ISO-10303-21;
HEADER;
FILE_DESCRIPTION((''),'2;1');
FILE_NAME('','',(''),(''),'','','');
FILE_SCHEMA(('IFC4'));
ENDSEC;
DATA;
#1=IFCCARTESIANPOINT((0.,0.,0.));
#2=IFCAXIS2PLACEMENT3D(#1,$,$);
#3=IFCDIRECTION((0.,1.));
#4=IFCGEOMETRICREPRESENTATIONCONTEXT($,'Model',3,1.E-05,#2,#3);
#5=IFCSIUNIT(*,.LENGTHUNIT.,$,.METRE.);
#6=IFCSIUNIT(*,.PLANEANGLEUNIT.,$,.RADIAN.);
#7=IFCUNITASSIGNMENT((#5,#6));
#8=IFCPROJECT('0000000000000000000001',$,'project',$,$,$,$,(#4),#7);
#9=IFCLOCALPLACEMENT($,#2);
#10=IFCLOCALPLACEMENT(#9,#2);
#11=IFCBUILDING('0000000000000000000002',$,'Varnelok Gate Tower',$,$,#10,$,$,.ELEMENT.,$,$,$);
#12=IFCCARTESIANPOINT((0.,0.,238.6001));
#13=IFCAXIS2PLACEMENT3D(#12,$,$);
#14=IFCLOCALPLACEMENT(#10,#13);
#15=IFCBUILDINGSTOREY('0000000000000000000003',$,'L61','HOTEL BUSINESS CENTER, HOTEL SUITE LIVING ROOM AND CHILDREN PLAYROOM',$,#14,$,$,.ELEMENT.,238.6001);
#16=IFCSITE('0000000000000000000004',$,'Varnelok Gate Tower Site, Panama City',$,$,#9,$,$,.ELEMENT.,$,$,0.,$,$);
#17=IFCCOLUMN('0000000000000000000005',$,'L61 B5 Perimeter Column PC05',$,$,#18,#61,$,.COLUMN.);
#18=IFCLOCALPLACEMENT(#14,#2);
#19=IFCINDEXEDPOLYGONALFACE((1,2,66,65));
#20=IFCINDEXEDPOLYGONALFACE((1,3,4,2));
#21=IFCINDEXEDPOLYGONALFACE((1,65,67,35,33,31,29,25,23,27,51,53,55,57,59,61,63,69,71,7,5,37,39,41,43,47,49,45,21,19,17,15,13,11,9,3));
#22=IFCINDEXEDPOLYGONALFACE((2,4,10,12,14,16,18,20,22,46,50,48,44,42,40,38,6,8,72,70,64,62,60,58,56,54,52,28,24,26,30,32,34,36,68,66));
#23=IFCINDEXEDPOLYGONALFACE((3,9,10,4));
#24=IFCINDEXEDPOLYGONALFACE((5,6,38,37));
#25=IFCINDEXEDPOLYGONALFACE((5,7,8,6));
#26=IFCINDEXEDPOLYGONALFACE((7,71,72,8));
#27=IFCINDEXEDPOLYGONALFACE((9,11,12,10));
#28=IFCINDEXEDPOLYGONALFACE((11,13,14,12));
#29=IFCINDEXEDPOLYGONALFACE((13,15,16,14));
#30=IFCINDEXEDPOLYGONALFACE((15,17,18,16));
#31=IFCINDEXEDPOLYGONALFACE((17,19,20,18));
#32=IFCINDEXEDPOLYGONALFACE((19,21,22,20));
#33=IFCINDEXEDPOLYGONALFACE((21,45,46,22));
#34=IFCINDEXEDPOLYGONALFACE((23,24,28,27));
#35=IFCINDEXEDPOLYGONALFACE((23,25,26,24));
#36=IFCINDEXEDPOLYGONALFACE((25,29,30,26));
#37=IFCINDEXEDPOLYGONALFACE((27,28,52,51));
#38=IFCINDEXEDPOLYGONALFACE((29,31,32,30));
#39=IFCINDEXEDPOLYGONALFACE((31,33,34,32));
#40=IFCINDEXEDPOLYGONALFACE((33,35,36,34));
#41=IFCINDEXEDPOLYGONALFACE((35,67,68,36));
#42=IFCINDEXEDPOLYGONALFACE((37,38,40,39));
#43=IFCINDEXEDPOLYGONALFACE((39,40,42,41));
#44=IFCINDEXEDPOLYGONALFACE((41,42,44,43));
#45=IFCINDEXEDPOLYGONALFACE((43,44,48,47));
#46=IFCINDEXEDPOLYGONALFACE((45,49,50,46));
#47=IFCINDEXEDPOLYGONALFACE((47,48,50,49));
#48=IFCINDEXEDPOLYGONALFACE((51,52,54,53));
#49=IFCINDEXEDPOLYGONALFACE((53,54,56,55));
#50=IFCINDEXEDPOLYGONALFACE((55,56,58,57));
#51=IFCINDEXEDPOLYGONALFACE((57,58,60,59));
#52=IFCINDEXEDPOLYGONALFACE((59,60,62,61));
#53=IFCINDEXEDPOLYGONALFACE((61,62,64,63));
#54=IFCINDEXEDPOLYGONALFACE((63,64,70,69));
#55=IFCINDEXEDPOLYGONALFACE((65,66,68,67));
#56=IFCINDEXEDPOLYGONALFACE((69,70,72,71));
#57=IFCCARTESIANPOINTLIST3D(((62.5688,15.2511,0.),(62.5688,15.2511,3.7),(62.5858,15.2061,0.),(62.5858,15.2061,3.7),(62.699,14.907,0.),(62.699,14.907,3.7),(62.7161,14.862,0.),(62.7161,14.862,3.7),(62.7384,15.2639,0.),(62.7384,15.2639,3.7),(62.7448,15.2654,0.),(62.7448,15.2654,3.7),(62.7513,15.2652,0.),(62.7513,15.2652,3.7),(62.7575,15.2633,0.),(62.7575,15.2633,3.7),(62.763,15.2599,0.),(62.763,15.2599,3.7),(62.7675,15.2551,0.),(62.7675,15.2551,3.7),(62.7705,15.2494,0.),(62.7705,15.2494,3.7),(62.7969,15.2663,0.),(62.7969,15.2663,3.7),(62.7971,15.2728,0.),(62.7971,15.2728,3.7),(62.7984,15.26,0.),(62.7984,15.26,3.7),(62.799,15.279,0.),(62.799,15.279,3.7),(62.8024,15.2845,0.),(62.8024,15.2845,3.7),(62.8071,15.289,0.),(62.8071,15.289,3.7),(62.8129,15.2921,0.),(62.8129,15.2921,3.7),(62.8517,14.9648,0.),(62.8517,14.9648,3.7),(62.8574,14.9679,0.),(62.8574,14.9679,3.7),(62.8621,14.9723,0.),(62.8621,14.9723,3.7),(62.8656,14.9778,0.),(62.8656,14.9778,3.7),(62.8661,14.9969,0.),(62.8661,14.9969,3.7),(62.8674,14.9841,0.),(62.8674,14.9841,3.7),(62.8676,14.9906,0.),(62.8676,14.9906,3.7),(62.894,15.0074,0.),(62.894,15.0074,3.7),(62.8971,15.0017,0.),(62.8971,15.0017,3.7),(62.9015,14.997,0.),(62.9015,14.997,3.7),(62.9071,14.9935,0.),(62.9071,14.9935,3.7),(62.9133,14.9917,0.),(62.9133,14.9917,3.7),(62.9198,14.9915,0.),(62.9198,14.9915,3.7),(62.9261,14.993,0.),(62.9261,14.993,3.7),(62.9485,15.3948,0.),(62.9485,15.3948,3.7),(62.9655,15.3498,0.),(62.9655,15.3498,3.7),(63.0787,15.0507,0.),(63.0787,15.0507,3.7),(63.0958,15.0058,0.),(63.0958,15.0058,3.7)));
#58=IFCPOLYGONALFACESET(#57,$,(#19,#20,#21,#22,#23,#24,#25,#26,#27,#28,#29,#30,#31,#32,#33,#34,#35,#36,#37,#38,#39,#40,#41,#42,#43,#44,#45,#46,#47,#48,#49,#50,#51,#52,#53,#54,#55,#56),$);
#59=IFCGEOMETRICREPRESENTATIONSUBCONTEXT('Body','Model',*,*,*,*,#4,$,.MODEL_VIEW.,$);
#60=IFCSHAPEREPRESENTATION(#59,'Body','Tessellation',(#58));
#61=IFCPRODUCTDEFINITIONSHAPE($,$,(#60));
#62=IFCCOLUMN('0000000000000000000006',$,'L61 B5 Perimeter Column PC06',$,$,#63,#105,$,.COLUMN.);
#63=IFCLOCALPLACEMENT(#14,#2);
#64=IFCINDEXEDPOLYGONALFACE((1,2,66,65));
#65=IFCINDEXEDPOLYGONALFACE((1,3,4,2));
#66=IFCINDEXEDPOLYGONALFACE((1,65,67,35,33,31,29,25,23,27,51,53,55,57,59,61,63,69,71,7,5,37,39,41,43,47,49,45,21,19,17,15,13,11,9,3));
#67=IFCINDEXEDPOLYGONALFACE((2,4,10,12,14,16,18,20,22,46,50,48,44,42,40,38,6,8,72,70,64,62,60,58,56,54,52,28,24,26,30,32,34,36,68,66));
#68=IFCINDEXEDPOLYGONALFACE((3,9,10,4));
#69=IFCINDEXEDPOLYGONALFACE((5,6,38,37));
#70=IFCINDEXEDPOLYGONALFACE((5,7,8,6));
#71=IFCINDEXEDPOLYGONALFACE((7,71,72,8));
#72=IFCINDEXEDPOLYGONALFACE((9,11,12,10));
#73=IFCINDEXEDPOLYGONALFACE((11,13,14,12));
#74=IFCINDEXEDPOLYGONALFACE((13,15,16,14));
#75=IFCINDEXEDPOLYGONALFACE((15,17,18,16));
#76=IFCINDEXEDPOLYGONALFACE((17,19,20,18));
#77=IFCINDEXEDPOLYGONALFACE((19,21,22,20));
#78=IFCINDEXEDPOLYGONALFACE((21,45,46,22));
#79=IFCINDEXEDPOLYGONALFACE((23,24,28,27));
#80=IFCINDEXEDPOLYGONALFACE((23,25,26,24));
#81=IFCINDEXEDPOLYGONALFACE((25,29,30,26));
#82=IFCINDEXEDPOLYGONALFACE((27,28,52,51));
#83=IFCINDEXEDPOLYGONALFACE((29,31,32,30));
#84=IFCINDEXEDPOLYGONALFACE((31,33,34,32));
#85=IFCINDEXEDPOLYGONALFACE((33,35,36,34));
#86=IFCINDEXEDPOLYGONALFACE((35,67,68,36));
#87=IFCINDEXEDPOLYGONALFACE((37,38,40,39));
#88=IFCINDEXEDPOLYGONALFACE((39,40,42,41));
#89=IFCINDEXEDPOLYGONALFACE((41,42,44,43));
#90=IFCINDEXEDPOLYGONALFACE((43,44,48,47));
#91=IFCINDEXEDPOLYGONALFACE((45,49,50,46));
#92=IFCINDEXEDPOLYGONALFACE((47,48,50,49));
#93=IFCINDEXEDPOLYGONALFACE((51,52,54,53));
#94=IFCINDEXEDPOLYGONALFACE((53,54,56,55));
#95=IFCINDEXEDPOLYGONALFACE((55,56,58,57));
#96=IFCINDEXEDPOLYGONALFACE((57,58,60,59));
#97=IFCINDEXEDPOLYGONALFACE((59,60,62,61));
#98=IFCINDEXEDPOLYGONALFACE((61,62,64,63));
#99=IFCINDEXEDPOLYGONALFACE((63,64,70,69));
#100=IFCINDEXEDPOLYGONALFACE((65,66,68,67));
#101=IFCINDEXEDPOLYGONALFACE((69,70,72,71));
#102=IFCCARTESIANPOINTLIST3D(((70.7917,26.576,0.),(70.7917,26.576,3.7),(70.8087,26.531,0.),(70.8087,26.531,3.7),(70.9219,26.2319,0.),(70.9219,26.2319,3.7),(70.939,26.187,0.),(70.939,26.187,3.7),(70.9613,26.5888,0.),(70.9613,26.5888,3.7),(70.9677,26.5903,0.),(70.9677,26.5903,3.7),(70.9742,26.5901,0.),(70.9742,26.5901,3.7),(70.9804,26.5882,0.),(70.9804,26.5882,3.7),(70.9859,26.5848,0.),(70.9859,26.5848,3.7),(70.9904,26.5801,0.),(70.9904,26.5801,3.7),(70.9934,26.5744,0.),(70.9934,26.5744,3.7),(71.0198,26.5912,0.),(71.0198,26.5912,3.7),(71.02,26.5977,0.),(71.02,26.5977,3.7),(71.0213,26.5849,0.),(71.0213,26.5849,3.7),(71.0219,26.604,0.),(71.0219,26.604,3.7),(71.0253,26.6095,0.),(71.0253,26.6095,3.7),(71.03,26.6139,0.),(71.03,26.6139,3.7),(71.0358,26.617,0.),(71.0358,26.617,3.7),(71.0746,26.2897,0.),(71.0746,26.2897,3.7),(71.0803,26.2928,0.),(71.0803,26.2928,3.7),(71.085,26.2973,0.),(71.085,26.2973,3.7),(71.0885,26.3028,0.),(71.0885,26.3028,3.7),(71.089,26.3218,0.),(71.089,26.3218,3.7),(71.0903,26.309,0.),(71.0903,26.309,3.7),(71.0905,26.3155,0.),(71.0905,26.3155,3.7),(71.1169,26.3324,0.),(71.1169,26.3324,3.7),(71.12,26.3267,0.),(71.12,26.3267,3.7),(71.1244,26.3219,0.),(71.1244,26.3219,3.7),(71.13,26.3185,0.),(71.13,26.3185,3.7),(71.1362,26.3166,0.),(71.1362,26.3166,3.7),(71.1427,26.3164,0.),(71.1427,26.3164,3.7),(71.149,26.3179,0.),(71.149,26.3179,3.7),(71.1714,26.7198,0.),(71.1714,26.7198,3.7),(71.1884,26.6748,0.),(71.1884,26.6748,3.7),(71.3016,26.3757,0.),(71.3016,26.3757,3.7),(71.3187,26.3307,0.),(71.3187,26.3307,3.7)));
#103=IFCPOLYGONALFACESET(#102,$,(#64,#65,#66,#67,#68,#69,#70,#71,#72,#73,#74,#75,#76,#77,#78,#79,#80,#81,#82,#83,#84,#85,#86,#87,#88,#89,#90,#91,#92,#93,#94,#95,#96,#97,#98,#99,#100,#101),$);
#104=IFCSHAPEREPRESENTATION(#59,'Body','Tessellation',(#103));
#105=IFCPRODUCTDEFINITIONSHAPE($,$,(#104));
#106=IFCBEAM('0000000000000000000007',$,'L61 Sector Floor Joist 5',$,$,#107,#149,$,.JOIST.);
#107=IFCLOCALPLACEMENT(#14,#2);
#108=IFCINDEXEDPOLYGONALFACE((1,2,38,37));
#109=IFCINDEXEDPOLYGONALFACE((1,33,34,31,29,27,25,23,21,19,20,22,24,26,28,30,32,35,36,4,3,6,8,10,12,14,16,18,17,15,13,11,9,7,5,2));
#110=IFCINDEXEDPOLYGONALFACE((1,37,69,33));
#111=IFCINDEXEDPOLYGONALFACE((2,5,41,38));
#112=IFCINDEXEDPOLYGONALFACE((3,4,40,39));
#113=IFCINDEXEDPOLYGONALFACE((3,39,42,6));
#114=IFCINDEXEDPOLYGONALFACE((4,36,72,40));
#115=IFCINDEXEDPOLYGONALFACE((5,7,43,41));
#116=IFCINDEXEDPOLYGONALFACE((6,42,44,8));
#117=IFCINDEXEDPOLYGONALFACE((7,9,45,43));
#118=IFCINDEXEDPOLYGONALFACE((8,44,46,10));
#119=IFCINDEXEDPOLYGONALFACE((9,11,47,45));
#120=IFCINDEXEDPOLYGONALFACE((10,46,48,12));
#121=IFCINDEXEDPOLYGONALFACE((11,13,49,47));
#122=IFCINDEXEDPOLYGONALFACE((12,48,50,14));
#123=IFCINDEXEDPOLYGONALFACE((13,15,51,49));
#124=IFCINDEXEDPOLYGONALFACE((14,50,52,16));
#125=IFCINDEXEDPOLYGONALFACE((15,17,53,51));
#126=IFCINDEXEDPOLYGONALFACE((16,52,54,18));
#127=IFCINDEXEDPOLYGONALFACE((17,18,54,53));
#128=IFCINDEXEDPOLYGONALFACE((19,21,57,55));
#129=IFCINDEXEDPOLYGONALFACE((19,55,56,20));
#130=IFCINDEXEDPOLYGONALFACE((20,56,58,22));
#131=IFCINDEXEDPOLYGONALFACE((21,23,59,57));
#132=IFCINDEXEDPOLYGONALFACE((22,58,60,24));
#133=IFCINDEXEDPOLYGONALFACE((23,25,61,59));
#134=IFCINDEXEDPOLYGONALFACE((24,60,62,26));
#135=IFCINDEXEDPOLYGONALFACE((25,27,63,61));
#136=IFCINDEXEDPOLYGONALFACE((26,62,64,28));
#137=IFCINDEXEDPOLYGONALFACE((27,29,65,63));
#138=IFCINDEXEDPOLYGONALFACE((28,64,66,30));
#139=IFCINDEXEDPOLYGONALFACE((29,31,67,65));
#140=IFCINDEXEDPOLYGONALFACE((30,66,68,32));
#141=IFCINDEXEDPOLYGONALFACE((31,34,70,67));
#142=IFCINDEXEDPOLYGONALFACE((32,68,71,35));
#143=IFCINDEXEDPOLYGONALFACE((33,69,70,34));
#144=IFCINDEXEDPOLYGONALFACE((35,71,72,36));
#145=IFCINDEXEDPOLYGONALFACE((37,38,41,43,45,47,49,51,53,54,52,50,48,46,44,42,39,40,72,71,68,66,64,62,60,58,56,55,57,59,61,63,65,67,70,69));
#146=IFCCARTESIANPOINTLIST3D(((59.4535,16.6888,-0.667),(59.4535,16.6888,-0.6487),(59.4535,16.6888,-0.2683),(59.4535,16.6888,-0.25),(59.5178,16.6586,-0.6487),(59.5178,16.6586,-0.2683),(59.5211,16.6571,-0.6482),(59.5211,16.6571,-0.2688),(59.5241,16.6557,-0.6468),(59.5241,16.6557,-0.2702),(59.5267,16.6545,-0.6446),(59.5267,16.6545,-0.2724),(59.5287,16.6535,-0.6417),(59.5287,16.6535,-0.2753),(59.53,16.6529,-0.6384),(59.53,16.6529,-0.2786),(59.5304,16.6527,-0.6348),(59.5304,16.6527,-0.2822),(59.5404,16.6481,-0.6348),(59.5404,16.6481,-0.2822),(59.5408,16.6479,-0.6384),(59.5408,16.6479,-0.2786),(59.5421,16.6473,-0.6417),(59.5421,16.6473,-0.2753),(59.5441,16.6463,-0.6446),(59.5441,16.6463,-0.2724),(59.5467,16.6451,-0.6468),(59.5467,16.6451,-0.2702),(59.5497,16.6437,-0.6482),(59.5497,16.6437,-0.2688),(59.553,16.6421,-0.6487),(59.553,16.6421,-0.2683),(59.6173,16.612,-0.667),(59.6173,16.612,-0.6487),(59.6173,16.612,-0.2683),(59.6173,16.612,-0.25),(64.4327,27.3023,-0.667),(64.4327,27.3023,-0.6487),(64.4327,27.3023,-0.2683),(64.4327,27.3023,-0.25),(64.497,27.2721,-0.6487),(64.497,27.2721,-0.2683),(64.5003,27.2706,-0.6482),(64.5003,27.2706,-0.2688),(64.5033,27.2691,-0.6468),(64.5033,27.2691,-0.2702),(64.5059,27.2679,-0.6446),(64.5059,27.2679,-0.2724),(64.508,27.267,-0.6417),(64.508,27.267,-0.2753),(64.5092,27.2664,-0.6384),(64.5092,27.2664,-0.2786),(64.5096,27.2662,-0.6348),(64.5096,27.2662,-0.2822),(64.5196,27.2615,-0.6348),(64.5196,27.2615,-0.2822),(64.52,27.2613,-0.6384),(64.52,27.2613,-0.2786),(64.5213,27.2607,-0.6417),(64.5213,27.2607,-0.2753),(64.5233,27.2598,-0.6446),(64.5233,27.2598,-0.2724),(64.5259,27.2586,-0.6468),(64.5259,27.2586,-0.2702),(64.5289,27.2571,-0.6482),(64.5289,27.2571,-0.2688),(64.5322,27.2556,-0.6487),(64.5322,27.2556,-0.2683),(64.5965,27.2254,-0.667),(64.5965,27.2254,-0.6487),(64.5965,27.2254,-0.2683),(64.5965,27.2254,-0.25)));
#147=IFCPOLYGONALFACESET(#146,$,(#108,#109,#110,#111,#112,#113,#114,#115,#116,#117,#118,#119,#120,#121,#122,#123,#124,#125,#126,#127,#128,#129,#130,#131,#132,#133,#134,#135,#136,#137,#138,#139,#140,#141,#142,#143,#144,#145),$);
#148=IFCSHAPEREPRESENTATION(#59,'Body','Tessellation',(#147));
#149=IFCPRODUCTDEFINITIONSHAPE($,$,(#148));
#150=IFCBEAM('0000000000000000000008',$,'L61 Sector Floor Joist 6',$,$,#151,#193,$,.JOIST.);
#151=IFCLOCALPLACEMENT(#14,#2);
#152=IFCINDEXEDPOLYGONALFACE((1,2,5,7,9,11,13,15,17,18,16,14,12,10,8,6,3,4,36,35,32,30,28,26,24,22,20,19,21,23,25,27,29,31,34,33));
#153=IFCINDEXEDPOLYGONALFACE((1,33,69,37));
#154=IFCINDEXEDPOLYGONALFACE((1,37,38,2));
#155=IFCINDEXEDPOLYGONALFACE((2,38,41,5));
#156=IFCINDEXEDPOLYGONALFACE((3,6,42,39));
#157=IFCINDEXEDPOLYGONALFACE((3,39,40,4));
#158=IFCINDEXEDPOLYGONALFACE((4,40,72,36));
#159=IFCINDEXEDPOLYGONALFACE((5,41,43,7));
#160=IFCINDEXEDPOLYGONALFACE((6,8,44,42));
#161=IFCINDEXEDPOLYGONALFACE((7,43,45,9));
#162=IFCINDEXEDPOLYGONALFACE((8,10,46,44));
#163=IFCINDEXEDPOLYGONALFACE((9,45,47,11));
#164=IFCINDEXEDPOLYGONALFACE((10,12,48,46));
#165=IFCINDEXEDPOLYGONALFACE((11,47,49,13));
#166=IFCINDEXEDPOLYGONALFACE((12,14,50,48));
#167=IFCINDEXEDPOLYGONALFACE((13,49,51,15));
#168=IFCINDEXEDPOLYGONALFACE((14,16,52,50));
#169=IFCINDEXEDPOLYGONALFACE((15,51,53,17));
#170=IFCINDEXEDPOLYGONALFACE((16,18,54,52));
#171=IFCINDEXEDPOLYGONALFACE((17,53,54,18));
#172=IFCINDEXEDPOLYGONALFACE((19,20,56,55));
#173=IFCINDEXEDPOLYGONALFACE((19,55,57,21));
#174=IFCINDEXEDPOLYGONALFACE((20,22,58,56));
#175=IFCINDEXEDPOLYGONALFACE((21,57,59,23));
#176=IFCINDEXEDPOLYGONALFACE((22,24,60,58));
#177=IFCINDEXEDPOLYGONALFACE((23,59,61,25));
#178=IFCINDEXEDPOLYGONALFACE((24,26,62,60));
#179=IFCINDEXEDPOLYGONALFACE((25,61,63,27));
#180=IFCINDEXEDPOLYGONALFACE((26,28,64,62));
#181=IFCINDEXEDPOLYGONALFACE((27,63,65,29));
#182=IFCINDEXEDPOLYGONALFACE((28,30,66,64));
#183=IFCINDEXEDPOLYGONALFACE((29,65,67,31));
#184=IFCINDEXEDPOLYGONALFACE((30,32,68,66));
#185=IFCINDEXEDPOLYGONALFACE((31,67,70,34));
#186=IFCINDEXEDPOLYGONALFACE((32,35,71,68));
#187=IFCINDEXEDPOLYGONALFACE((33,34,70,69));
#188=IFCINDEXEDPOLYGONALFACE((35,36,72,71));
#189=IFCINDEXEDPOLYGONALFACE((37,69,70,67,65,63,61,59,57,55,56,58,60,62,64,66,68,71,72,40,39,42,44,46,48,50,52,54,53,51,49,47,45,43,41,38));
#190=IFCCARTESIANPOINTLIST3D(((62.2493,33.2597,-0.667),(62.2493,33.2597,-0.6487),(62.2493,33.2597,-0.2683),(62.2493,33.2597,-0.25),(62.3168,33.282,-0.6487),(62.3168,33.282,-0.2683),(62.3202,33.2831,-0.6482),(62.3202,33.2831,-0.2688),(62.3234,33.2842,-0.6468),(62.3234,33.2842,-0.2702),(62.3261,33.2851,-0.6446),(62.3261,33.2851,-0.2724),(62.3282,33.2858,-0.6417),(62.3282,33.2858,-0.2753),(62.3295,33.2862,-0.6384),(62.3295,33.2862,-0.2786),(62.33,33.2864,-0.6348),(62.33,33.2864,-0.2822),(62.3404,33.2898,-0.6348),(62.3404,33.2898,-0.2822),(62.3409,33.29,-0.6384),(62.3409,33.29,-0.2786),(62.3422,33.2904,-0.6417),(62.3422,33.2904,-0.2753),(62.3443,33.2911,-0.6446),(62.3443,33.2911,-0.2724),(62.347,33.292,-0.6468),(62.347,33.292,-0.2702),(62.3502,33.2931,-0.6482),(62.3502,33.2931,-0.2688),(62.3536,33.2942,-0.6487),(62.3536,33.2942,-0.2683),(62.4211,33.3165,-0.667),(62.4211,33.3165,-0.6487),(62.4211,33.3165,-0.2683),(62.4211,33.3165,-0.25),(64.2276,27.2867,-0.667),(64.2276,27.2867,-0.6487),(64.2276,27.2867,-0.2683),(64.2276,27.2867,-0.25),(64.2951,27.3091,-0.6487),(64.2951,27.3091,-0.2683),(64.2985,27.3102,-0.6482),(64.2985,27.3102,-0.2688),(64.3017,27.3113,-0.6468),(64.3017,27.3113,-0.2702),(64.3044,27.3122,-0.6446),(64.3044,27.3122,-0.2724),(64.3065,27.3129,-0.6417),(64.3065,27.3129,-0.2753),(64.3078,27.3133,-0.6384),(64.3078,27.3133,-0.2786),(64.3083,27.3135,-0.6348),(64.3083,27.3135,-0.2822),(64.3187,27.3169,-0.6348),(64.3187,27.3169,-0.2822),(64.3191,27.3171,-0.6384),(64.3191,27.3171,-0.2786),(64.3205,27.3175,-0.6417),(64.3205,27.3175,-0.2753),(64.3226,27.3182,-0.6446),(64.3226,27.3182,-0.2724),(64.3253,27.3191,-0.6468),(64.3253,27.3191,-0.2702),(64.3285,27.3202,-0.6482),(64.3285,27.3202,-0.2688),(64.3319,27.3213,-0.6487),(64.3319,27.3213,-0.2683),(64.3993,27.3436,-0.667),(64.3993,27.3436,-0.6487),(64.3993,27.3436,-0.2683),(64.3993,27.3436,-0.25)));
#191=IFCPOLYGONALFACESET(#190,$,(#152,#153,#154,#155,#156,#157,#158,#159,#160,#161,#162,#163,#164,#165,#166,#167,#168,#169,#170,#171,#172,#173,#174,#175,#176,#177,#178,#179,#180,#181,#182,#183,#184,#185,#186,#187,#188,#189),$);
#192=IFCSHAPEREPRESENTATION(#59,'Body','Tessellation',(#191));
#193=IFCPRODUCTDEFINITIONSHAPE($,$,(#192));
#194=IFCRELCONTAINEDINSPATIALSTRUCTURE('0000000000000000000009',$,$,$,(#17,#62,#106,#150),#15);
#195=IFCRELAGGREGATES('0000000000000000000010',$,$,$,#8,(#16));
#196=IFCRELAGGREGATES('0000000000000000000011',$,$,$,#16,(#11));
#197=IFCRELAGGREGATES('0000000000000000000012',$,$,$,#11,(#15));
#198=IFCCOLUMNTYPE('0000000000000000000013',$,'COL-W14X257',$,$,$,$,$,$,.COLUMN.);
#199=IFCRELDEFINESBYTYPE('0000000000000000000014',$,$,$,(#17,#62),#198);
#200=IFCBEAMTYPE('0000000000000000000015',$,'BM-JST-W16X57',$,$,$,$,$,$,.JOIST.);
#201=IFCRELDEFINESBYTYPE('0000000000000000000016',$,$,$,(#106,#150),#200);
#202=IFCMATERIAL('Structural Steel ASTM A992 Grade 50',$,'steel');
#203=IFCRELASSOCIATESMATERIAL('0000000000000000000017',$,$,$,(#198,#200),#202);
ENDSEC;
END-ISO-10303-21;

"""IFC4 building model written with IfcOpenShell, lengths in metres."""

from ifc_helpers import new_model, si_unit, direction, frame, origin, origin_2d, place, context, subcontext, project, spatial, i_section, extrude, material, material_profile, profile_set, type_object, element, save


model = new_model("IFC4")

# Units and contexts
model_context = context("Model", 3, precision=1e-05, world=origin(), true_north=direction((0.0, 1.0)))
body_context = subcontext(model_context, "Body", "Model", "MODEL_VIEW")
ifc_project = project(units=[si_unit("LENGTHUNIT", "METRE"), si_unit("PLANEANGLEUNIT", "RADIAN")], contexts=[model_context])

# Site, building, storey
site_placement = place(None, origin())
site = spatial("IfcSite", under=ifc_project, at=site_placement, Name="Varnelok Gate Tower Site, Panama City", CompositionType="ELEMENT", RefElevation=0.0)
building_placement = place(site_placement, origin())
building = spatial("IfcBuilding", under=site, at=building_placement, Name="Varnelok Gate Tower", CompositionType="ELEMENT")
storey_placement = place(building_placement, frame((0.0, 0.0, 238.6001)))
storey = spatial("IfcBuildingStorey", under=building, at=storey_placement, Name="L61", Description="HOTEL BUSINESS CENTER, HOTEL SUITE LIVING ROOM AND CHILDREN PLAYROOM", CompositionType="ELEMENT", Elevation=238.6001)

# Columns
ifc_material_1 = material(Name="Structural Steel ASTM A992 Grade 50", Category="steel")
ifc_material_profile_1 = material_profile(ifc_material_1, i_section(OverallWidth=0.406, OverallDepth=0.416, WebThickness=0.0298, FlangeThickness=0.0481, FilletRadius=0.0249, at=origin_2d()), Name="W14X257")
ifc_profile_set_1 = profile_set([ifc_material_profile_1], Name="Structural Steel ASTM A992 Grade 50")
column_type = type_object("IfcColumnType", Name="COL-W14X257", PredefinedType="COLUMN", material=ifc_profile_set_1)
for number, where, z_axis, x_axis, name in (
    (1, (62.8323, 15.1284, 0.0), (0.0, 0.0, 1.0), (0.935222, 0.354063, 0.0), "L61 B5 Perimeter Column PC05"),
    (2, (71.0552, 26.4534, 0.0), (0.0, 0.0, 1.0), (0.935222, 0.354063, 0.0), "L61 B5 Perimeter Column PC06"),
):
    element("IfcColumn", number, at=place(storey_placement, frame(where, z_axis=z_axis, x_axis=x_axis)), inside=storey, type_object=column_type, Name=name, PredefinedType="COLUMN", context=body_context, shape_type="SweptSolid", body=[
        extrude(i_section(OverallWidth=0.406, OverallDepth=0.416, WebThickness=0.0298, FlangeThickness=0.0481, FilletRadius=0.0249, at=origin_2d()), origin(), (0.0, 0.0, 1.0), 3.7),
    ])

# Beams
ifc_material_profile_2 = material_profile(ifc_material_1, i_section(OverallWidth=0.1809, OverallDepth=0.417, WebThickness=0.011, FlangeThickness=0.0183, FilletRadius=0.0139, at=origin_2d()), Name="W16X57")
ifc_profile_set_2 = profile_set([ifc_material_profile_2], Name="Structural Steel ASTM A992 Grade 50")
beam_type_1 = type_object("IfcBeamType", Name="BM-JST-W16X57", PredefinedType="JOIST", material=ifc_profile_set_2)
beam_1_placement = place(storey_placement, frame((59.5354, 16.6504, -0.4585), z_axis=(0.424725, 0.905323, 0.0), x_axis=(-0.905323, 0.424725, 0.0)))
element("IfcBeam", 3, at=beam_1_placement, inside=storey, type_object=beam_type_1, Name="L61 Sector Floor Joist 5", PredefinedType="JOIST", context=body_context, shape_type="SweptSolid", body=[
    extrude(i_section(OverallWidth=0.1809, OverallDepth=0.417, WebThickness=0.011, FlangeThickness=0.0183, FilletRadius=0.0139, at=origin_2d()), origin(), (0.0, 0.0, 1.0), 11.7234),
])
beam_2_placement = place(storey_placement, frame((64.3135, 27.3152, -0.4585), z_axis=(-0.314411, 0.949287, 0.0), x_axis=(-0.949287, -0.314411, 0.0)))
element("IfcBeam", 4, at=beam_2_placement, inside=storey, type_object=beam_type_1, Name="L61 Sector Floor Joist 6", PredefinedType="JOIST", context=body_context, shape_type="SweptSolid", body=[
    extrude(i_section(OverallWidth=0.1809, OverallDepth=0.417, WebThickness=0.011, FlangeThickness=0.0183, FilletRadius=0.0139, at=origin_2d()), origin(), (0.0, 0.0, 1.0), 6.292),
])

save(model, "model.ifc")
